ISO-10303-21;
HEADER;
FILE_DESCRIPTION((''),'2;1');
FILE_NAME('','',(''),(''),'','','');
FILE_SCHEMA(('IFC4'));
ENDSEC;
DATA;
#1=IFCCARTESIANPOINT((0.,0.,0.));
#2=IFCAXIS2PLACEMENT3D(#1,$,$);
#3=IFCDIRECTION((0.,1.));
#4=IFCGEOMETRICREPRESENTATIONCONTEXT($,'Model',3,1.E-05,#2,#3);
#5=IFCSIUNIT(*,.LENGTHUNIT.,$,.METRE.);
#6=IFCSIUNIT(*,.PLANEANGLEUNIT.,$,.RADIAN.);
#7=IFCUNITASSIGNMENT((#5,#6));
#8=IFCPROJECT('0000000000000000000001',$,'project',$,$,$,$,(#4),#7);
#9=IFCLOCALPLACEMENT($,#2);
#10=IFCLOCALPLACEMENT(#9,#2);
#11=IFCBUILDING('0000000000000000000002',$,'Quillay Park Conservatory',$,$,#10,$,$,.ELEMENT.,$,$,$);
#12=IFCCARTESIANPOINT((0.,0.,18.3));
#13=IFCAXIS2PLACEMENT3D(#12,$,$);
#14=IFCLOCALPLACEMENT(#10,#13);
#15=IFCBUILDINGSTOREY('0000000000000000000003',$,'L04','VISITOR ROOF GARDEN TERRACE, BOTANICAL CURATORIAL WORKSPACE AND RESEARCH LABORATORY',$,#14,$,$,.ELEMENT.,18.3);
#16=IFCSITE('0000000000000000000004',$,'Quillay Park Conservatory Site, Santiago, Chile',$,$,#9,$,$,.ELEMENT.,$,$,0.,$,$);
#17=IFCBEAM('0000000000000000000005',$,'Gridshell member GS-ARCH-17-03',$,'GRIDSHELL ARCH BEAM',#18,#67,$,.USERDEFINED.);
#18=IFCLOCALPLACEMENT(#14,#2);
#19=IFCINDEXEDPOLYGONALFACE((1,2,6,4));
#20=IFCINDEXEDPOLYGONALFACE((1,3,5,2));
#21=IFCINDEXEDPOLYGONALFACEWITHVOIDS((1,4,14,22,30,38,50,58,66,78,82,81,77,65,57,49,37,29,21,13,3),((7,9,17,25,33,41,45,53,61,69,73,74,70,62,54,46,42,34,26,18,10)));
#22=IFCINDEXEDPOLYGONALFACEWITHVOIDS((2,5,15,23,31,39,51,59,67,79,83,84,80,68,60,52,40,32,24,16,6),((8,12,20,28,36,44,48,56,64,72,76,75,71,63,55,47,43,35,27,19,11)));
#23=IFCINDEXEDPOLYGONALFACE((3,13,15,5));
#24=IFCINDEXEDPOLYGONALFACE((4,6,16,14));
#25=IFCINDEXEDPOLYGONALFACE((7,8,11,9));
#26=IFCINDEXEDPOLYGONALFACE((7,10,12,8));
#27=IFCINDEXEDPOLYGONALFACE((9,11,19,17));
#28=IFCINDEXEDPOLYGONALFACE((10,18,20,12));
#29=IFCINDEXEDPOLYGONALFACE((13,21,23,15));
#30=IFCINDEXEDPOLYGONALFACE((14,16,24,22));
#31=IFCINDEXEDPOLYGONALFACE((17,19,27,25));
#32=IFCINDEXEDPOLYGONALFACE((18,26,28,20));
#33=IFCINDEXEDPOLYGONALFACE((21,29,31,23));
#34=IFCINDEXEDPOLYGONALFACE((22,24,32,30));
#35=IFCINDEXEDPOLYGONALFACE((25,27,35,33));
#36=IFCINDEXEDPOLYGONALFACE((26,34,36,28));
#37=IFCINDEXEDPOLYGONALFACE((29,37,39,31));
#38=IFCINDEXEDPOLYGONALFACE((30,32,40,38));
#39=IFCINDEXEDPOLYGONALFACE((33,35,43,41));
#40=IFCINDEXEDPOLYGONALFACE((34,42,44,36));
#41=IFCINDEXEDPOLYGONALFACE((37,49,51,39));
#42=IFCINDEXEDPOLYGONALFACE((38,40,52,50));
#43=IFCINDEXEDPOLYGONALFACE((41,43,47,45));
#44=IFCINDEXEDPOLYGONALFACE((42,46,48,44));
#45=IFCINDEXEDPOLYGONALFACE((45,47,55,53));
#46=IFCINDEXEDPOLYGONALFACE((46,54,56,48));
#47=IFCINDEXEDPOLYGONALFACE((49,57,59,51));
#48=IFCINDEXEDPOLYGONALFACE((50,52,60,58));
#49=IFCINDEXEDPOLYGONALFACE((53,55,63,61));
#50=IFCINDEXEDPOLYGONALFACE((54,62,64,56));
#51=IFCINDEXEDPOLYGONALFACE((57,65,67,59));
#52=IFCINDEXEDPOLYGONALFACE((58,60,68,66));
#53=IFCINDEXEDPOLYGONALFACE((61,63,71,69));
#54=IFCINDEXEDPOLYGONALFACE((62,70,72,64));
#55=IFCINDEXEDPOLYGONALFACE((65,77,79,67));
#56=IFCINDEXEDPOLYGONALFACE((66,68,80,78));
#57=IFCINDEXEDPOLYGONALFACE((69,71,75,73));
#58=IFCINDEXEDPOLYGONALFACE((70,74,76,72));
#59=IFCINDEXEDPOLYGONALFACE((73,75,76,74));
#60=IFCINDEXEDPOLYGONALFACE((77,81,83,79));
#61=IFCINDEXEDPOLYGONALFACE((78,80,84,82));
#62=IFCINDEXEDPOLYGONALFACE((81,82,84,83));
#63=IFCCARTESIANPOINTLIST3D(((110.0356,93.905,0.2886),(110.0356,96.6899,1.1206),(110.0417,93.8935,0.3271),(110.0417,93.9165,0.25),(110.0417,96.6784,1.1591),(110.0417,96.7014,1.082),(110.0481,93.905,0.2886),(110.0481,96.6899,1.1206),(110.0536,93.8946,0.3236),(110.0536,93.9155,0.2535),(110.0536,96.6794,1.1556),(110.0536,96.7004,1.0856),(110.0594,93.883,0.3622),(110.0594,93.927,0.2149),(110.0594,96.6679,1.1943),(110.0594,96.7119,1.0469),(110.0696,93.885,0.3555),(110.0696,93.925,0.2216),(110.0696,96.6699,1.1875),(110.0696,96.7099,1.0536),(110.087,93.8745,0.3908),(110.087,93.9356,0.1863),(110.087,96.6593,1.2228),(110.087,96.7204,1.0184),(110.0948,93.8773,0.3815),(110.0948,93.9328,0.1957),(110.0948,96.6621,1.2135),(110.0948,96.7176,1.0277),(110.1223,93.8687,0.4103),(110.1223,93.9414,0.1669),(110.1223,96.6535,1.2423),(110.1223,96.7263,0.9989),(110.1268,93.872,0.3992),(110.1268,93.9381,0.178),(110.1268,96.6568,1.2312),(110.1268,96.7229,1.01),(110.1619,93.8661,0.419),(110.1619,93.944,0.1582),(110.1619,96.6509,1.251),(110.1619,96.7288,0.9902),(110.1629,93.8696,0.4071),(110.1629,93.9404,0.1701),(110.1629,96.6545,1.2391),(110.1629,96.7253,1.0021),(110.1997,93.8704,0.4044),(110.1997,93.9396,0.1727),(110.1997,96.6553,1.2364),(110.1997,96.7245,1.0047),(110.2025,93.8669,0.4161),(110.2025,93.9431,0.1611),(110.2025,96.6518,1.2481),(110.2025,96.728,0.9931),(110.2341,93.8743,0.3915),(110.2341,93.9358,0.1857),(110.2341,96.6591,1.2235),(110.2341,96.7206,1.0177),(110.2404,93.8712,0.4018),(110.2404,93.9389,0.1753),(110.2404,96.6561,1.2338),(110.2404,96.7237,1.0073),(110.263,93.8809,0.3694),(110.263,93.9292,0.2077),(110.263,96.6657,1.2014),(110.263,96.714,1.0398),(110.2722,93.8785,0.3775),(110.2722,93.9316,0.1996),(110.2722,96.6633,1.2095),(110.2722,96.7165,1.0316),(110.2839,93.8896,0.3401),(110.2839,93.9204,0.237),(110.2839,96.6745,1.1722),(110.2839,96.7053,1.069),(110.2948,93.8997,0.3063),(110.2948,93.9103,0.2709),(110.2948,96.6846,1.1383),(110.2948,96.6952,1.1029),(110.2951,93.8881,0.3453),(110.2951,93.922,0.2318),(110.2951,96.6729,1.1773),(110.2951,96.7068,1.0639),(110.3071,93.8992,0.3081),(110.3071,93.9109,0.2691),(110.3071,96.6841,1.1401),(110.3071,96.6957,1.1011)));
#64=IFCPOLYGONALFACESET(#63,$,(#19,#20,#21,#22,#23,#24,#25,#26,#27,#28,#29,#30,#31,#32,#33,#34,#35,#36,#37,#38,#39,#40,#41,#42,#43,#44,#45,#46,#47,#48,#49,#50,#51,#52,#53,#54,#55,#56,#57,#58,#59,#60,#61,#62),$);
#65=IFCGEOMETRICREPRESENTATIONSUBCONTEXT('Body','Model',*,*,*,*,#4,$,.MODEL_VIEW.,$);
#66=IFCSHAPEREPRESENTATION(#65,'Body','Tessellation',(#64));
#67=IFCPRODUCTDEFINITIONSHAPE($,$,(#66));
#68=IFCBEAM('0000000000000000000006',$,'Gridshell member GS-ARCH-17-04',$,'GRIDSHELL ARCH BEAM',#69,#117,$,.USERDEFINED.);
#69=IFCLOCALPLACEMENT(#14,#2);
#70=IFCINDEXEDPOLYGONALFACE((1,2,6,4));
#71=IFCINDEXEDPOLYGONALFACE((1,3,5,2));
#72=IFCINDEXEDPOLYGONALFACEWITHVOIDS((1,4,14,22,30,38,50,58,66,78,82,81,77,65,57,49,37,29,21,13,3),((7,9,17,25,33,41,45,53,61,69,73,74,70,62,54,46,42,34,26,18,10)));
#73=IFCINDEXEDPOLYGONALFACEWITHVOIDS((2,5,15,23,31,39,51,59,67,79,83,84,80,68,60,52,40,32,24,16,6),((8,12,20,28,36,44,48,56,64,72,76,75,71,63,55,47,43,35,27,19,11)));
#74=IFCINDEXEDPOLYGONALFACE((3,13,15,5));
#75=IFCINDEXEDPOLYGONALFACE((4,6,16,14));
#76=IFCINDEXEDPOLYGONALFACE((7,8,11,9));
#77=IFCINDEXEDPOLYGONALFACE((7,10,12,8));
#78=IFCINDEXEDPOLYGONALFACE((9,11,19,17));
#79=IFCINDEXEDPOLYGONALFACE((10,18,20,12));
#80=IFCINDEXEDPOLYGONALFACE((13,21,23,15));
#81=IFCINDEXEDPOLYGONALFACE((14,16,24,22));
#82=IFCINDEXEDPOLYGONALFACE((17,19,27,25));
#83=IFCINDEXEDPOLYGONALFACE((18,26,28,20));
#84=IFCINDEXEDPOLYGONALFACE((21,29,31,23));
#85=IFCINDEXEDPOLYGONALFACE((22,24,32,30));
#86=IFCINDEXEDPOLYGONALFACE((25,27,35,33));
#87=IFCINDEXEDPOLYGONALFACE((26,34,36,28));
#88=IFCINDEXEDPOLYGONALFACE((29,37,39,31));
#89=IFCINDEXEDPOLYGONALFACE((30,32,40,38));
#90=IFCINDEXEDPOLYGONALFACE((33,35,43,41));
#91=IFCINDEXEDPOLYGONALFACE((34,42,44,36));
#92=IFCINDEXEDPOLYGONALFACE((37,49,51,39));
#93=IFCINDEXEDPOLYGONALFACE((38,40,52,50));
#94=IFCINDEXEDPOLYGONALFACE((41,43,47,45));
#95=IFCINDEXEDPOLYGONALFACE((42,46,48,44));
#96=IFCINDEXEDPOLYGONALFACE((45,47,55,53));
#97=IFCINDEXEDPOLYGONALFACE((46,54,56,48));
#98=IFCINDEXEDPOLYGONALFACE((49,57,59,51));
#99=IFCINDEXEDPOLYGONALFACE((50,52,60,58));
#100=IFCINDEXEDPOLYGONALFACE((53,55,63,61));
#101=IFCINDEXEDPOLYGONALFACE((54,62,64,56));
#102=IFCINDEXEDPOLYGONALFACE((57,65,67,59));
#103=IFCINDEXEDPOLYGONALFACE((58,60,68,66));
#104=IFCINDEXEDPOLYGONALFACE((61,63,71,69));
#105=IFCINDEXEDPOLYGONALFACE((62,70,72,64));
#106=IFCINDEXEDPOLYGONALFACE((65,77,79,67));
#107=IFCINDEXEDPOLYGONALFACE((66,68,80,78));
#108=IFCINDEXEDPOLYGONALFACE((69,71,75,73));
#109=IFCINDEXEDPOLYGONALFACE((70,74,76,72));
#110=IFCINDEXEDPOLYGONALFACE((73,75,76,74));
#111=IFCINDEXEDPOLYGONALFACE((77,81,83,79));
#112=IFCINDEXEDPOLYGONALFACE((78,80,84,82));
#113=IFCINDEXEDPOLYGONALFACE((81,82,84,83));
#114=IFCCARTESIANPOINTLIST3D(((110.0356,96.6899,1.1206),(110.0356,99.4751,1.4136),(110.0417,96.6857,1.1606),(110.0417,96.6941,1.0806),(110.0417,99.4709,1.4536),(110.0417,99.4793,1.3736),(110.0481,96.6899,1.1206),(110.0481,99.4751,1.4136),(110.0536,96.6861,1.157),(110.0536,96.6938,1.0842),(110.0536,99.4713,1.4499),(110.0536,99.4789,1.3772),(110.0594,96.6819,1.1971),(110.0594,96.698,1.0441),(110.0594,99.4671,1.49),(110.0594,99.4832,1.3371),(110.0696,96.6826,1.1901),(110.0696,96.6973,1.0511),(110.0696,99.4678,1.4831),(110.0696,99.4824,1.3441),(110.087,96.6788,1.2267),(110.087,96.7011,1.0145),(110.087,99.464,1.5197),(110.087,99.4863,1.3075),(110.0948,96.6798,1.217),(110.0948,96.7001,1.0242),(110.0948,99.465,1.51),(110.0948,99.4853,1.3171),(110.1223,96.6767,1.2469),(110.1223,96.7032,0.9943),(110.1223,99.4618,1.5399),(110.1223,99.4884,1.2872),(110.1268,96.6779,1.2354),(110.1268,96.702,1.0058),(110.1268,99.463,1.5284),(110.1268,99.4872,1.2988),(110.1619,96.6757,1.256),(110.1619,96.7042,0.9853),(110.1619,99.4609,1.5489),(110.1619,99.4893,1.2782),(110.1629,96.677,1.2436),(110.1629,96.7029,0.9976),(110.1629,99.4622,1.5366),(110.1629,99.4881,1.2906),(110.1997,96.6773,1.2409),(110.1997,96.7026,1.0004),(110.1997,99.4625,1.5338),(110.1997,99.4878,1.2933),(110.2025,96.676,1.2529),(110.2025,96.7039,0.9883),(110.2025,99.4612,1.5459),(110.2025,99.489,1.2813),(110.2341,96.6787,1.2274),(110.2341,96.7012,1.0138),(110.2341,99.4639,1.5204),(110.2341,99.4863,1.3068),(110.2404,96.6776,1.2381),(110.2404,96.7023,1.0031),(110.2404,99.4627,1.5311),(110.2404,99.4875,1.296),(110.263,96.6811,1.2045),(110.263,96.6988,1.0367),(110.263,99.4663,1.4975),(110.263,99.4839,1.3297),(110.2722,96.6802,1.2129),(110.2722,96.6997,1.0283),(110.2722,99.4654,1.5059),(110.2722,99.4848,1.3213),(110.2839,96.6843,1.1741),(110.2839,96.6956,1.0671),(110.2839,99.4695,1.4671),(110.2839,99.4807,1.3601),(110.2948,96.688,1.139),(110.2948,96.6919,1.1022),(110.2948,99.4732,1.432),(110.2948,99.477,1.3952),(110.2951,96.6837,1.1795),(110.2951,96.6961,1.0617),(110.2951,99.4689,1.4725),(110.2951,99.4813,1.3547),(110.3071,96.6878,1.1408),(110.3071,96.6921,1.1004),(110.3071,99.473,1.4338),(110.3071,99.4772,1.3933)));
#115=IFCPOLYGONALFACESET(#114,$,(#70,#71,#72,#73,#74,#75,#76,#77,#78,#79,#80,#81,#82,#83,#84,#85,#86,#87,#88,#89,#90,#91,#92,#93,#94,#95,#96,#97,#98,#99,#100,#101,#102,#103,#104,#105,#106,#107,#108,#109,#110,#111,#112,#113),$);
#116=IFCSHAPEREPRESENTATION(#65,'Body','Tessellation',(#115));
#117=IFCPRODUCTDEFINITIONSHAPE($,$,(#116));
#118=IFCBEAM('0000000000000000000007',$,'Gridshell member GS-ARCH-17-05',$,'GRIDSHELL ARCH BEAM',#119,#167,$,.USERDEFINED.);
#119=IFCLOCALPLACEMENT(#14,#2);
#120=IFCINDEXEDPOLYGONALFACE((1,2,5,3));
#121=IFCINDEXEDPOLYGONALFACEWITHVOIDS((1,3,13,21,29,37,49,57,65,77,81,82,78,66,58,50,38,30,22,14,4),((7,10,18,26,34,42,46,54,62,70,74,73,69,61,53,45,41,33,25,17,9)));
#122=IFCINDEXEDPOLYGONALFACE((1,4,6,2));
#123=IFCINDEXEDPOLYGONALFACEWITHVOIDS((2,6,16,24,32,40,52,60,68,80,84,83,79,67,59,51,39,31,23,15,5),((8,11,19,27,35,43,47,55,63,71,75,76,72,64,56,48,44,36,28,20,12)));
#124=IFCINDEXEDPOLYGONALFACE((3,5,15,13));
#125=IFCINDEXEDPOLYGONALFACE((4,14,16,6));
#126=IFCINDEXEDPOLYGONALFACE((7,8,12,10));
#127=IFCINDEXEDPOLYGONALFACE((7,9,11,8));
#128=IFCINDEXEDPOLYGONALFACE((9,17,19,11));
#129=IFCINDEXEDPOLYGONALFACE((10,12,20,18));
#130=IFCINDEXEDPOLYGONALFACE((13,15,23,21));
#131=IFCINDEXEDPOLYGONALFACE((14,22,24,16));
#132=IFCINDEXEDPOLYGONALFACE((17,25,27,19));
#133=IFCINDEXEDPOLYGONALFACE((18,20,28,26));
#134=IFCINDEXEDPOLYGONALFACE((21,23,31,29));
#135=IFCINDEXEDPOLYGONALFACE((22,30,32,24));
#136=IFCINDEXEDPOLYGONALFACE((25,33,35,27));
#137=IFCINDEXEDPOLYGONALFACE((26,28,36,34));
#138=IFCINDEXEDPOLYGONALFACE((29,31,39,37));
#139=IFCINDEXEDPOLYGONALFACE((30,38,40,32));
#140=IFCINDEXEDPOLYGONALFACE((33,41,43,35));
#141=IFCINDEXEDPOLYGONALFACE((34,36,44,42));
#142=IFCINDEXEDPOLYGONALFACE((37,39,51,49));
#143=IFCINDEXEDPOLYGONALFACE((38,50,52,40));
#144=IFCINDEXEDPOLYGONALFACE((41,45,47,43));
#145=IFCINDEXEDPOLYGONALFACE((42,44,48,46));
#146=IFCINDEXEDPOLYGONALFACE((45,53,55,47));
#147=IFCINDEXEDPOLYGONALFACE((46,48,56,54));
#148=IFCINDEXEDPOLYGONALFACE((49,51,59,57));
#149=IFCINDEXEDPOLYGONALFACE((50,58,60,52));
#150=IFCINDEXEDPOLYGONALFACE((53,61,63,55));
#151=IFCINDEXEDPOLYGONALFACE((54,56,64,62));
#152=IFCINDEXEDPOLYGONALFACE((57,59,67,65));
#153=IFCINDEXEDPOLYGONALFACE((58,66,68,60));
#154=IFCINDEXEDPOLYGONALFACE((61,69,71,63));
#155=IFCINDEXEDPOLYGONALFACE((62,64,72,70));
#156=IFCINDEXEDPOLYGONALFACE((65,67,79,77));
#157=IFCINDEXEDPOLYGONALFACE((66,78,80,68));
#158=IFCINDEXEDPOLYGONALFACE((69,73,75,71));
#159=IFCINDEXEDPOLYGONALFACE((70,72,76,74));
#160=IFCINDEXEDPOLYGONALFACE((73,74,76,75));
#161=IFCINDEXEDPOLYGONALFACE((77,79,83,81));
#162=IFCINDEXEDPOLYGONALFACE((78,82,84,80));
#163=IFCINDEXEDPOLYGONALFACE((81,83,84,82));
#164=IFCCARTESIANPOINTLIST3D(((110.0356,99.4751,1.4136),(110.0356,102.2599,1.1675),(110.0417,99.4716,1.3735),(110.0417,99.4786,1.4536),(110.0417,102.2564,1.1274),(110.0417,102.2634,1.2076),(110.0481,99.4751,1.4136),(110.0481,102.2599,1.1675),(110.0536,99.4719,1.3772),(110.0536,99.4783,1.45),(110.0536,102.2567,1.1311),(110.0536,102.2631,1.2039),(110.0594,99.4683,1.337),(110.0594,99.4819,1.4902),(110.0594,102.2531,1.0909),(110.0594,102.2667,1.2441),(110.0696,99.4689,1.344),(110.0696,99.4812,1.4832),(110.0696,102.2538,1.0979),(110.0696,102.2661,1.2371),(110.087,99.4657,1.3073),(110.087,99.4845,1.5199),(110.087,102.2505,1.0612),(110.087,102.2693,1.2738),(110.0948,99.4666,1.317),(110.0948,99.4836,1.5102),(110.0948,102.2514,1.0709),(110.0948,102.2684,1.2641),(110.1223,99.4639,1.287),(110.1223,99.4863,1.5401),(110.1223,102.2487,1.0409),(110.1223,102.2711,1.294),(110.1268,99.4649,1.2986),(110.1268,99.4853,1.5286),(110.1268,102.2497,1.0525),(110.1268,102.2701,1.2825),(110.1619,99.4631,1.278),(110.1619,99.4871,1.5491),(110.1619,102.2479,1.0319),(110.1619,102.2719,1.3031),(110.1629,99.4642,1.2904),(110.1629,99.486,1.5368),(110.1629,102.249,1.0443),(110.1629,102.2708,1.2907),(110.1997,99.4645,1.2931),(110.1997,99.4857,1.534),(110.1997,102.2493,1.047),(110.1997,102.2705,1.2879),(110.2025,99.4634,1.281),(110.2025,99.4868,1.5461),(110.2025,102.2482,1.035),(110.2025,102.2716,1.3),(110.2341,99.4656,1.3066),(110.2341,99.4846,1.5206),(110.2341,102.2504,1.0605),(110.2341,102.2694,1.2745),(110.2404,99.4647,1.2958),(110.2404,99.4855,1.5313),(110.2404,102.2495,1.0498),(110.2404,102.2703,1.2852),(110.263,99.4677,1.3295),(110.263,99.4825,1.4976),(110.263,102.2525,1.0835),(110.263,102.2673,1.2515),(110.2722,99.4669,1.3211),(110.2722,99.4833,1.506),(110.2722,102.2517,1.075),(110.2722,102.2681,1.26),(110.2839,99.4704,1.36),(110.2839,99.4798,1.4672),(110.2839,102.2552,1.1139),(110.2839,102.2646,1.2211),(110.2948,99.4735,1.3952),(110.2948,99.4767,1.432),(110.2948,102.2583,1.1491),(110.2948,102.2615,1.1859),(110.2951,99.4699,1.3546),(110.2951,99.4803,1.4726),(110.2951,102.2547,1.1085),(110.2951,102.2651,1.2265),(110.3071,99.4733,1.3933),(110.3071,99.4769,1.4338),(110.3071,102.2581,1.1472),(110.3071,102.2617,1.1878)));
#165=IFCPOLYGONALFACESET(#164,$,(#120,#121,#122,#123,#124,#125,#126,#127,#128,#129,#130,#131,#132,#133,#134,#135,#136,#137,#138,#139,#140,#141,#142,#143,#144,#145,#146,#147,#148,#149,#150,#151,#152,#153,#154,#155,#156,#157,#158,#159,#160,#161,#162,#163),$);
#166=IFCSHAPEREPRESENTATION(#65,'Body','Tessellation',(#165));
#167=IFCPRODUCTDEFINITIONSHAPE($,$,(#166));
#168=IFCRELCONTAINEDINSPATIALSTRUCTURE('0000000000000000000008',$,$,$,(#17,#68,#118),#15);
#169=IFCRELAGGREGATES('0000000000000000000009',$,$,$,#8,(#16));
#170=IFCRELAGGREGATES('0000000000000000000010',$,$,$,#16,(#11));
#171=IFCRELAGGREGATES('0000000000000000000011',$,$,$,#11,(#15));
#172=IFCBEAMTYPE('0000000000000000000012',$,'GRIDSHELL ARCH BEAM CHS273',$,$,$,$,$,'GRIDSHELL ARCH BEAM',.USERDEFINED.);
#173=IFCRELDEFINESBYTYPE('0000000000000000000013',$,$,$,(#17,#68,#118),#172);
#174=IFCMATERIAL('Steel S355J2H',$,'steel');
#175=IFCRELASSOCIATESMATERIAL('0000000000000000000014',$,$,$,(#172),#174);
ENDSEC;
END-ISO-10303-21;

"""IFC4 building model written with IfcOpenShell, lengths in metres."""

from ifc_helpers import new_model, si_unit, direction, frame, origin, origin_2d, place, context, subcontext, project, spatial, hollow_circle, extrude, material, material_profile, profile_set, type_object, element, save


model = new_model("IFC4")

# Units and contexts
model_context = context("Model", 3, precision=1e-05, world=origin(), true_north=direction((0.0, 1.0)))
body_context = subcontext(model_context, "Body", "Model", "MODEL_VIEW")
ifc_project = project(units=[si_unit("LENGTHUNIT", "METRE"), si_unit("PLANEANGLEUNIT", "RADIAN")], contexts=[model_context])

# Site, building, storey
site_placement = place(None, origin())
site = spatial("IfcSite", under=ifc_project, at=site_placement, Name="Quillay Park Conservatory Site, Santiago, Chile", CompositionType="ELEMENT", RefElevation=0.0)
building_placement = place(site_placement, origin())
building = spatial("IfcBuilding", under=site, at=building_placement, Name="Quillay Park Conservatory", CompositionType="ELEMENT")
storey_placement = place(building_placement, frame((0.0, 0.0, 18.3)))
storey = spatial("IfcBuildingStorey", under=building, at=storey_placement, Name="L04", Description="VISITOR ROOF GARDEN TERRACE, BOTANICAL CURATORIAL WORKSPACE AND RESEARCH LABORATORY", CompositionType="ELEMENT", Elevation=18.3)

# Beams
ifc_material_1 = material(Name="Steel S355J2H", Category="steel")
ifc_material_profile_1 = material_profile(ifc_material_1, hollow_circle(Radius=0.1365, WallThickness=0.0125, at=origin_2d()), Name="CHS273x12.5")
ifc_profile_set_1 = profile_set([ifc_material_profile_1], Name="Steel S355J2H")
beam_type = type_object("IfcBeamType", Name="GRIDSHELL ARCH BEAM CHS273", ElementType="GRIDSHELL ARCH BEAM", PredefinedType="USERDEFINED", material=ifc_profile_set_1)
beam_1_placement = place(storey_placement, frame((110.1721, 93.905, 0.2886), z_axis=(0.0, 0.958152, 0.286261), x_axis=(-1.0, 0.0, 0.0)))
element("IfcBeam", 1, at=beam_1_placement, inside=storey, type_object=beam_type, Name="Gridshell member GS-ARCH-17-03", ObjectType="GRIDSHELL ARCH BEAM", PredefinedType="USERDEFINED", context=body_context, shape_type="SweptSolid", body=[
    extrude(hollow_circle(Radius=0.1365, WallThickness=0.0125, at=origin_2d()), origin(), (0.0, 0.0, 1.0), 2.9065),
])
beam_2_placement = place(storey_placement, frame((110.1721, 96.6899, 1.1206), z_axis=(0.0, 0.994513, 0.104612), x_axis=(-1.0, 0.0, 0.0)))
element("IfcBeam", 2, at=beam_2_placement, inside=storey, type_object=beam_type, Name="Gridshell member GS-ARCH-17-04", ObjectType="GRIDSHELL ARCH BEAM", PredefinedType="USERDEFINED", context=body_context, shape_type="SweptSolid", body=[
    extrude(hollow_circle(Radius=0.1365, WallThickness=0.0125, at=origin_2d()), origin(), (0.0, 0.0, 1.0), 2.8005),
])
beam_3_placement = place(storey_placement, frame((110.1721, 99.4751, 1.4136), z_axis=(0.0, 0.996118, -0.088024), x_axis=(-1.0, 0.0, 0.0)))
element("IfcBeam", 3, at=beam_3_placement, inside=storey, type_object=beam_type, Name="Gridshell member GS-ARCH-17-05", ObjectType="GRIDSHELL ARCH BEAM", PredefinedType="USERDEFINED", context=body_context, shape_type="SweptSolid", body=[
    extrude(hollow_circle(Radius=0.1365, WallThickness=0.0125, at=origin_2d()), origin(), (0.0, 0.0, 1.0), 2.7957),
])

save(model, "model.ifc")
